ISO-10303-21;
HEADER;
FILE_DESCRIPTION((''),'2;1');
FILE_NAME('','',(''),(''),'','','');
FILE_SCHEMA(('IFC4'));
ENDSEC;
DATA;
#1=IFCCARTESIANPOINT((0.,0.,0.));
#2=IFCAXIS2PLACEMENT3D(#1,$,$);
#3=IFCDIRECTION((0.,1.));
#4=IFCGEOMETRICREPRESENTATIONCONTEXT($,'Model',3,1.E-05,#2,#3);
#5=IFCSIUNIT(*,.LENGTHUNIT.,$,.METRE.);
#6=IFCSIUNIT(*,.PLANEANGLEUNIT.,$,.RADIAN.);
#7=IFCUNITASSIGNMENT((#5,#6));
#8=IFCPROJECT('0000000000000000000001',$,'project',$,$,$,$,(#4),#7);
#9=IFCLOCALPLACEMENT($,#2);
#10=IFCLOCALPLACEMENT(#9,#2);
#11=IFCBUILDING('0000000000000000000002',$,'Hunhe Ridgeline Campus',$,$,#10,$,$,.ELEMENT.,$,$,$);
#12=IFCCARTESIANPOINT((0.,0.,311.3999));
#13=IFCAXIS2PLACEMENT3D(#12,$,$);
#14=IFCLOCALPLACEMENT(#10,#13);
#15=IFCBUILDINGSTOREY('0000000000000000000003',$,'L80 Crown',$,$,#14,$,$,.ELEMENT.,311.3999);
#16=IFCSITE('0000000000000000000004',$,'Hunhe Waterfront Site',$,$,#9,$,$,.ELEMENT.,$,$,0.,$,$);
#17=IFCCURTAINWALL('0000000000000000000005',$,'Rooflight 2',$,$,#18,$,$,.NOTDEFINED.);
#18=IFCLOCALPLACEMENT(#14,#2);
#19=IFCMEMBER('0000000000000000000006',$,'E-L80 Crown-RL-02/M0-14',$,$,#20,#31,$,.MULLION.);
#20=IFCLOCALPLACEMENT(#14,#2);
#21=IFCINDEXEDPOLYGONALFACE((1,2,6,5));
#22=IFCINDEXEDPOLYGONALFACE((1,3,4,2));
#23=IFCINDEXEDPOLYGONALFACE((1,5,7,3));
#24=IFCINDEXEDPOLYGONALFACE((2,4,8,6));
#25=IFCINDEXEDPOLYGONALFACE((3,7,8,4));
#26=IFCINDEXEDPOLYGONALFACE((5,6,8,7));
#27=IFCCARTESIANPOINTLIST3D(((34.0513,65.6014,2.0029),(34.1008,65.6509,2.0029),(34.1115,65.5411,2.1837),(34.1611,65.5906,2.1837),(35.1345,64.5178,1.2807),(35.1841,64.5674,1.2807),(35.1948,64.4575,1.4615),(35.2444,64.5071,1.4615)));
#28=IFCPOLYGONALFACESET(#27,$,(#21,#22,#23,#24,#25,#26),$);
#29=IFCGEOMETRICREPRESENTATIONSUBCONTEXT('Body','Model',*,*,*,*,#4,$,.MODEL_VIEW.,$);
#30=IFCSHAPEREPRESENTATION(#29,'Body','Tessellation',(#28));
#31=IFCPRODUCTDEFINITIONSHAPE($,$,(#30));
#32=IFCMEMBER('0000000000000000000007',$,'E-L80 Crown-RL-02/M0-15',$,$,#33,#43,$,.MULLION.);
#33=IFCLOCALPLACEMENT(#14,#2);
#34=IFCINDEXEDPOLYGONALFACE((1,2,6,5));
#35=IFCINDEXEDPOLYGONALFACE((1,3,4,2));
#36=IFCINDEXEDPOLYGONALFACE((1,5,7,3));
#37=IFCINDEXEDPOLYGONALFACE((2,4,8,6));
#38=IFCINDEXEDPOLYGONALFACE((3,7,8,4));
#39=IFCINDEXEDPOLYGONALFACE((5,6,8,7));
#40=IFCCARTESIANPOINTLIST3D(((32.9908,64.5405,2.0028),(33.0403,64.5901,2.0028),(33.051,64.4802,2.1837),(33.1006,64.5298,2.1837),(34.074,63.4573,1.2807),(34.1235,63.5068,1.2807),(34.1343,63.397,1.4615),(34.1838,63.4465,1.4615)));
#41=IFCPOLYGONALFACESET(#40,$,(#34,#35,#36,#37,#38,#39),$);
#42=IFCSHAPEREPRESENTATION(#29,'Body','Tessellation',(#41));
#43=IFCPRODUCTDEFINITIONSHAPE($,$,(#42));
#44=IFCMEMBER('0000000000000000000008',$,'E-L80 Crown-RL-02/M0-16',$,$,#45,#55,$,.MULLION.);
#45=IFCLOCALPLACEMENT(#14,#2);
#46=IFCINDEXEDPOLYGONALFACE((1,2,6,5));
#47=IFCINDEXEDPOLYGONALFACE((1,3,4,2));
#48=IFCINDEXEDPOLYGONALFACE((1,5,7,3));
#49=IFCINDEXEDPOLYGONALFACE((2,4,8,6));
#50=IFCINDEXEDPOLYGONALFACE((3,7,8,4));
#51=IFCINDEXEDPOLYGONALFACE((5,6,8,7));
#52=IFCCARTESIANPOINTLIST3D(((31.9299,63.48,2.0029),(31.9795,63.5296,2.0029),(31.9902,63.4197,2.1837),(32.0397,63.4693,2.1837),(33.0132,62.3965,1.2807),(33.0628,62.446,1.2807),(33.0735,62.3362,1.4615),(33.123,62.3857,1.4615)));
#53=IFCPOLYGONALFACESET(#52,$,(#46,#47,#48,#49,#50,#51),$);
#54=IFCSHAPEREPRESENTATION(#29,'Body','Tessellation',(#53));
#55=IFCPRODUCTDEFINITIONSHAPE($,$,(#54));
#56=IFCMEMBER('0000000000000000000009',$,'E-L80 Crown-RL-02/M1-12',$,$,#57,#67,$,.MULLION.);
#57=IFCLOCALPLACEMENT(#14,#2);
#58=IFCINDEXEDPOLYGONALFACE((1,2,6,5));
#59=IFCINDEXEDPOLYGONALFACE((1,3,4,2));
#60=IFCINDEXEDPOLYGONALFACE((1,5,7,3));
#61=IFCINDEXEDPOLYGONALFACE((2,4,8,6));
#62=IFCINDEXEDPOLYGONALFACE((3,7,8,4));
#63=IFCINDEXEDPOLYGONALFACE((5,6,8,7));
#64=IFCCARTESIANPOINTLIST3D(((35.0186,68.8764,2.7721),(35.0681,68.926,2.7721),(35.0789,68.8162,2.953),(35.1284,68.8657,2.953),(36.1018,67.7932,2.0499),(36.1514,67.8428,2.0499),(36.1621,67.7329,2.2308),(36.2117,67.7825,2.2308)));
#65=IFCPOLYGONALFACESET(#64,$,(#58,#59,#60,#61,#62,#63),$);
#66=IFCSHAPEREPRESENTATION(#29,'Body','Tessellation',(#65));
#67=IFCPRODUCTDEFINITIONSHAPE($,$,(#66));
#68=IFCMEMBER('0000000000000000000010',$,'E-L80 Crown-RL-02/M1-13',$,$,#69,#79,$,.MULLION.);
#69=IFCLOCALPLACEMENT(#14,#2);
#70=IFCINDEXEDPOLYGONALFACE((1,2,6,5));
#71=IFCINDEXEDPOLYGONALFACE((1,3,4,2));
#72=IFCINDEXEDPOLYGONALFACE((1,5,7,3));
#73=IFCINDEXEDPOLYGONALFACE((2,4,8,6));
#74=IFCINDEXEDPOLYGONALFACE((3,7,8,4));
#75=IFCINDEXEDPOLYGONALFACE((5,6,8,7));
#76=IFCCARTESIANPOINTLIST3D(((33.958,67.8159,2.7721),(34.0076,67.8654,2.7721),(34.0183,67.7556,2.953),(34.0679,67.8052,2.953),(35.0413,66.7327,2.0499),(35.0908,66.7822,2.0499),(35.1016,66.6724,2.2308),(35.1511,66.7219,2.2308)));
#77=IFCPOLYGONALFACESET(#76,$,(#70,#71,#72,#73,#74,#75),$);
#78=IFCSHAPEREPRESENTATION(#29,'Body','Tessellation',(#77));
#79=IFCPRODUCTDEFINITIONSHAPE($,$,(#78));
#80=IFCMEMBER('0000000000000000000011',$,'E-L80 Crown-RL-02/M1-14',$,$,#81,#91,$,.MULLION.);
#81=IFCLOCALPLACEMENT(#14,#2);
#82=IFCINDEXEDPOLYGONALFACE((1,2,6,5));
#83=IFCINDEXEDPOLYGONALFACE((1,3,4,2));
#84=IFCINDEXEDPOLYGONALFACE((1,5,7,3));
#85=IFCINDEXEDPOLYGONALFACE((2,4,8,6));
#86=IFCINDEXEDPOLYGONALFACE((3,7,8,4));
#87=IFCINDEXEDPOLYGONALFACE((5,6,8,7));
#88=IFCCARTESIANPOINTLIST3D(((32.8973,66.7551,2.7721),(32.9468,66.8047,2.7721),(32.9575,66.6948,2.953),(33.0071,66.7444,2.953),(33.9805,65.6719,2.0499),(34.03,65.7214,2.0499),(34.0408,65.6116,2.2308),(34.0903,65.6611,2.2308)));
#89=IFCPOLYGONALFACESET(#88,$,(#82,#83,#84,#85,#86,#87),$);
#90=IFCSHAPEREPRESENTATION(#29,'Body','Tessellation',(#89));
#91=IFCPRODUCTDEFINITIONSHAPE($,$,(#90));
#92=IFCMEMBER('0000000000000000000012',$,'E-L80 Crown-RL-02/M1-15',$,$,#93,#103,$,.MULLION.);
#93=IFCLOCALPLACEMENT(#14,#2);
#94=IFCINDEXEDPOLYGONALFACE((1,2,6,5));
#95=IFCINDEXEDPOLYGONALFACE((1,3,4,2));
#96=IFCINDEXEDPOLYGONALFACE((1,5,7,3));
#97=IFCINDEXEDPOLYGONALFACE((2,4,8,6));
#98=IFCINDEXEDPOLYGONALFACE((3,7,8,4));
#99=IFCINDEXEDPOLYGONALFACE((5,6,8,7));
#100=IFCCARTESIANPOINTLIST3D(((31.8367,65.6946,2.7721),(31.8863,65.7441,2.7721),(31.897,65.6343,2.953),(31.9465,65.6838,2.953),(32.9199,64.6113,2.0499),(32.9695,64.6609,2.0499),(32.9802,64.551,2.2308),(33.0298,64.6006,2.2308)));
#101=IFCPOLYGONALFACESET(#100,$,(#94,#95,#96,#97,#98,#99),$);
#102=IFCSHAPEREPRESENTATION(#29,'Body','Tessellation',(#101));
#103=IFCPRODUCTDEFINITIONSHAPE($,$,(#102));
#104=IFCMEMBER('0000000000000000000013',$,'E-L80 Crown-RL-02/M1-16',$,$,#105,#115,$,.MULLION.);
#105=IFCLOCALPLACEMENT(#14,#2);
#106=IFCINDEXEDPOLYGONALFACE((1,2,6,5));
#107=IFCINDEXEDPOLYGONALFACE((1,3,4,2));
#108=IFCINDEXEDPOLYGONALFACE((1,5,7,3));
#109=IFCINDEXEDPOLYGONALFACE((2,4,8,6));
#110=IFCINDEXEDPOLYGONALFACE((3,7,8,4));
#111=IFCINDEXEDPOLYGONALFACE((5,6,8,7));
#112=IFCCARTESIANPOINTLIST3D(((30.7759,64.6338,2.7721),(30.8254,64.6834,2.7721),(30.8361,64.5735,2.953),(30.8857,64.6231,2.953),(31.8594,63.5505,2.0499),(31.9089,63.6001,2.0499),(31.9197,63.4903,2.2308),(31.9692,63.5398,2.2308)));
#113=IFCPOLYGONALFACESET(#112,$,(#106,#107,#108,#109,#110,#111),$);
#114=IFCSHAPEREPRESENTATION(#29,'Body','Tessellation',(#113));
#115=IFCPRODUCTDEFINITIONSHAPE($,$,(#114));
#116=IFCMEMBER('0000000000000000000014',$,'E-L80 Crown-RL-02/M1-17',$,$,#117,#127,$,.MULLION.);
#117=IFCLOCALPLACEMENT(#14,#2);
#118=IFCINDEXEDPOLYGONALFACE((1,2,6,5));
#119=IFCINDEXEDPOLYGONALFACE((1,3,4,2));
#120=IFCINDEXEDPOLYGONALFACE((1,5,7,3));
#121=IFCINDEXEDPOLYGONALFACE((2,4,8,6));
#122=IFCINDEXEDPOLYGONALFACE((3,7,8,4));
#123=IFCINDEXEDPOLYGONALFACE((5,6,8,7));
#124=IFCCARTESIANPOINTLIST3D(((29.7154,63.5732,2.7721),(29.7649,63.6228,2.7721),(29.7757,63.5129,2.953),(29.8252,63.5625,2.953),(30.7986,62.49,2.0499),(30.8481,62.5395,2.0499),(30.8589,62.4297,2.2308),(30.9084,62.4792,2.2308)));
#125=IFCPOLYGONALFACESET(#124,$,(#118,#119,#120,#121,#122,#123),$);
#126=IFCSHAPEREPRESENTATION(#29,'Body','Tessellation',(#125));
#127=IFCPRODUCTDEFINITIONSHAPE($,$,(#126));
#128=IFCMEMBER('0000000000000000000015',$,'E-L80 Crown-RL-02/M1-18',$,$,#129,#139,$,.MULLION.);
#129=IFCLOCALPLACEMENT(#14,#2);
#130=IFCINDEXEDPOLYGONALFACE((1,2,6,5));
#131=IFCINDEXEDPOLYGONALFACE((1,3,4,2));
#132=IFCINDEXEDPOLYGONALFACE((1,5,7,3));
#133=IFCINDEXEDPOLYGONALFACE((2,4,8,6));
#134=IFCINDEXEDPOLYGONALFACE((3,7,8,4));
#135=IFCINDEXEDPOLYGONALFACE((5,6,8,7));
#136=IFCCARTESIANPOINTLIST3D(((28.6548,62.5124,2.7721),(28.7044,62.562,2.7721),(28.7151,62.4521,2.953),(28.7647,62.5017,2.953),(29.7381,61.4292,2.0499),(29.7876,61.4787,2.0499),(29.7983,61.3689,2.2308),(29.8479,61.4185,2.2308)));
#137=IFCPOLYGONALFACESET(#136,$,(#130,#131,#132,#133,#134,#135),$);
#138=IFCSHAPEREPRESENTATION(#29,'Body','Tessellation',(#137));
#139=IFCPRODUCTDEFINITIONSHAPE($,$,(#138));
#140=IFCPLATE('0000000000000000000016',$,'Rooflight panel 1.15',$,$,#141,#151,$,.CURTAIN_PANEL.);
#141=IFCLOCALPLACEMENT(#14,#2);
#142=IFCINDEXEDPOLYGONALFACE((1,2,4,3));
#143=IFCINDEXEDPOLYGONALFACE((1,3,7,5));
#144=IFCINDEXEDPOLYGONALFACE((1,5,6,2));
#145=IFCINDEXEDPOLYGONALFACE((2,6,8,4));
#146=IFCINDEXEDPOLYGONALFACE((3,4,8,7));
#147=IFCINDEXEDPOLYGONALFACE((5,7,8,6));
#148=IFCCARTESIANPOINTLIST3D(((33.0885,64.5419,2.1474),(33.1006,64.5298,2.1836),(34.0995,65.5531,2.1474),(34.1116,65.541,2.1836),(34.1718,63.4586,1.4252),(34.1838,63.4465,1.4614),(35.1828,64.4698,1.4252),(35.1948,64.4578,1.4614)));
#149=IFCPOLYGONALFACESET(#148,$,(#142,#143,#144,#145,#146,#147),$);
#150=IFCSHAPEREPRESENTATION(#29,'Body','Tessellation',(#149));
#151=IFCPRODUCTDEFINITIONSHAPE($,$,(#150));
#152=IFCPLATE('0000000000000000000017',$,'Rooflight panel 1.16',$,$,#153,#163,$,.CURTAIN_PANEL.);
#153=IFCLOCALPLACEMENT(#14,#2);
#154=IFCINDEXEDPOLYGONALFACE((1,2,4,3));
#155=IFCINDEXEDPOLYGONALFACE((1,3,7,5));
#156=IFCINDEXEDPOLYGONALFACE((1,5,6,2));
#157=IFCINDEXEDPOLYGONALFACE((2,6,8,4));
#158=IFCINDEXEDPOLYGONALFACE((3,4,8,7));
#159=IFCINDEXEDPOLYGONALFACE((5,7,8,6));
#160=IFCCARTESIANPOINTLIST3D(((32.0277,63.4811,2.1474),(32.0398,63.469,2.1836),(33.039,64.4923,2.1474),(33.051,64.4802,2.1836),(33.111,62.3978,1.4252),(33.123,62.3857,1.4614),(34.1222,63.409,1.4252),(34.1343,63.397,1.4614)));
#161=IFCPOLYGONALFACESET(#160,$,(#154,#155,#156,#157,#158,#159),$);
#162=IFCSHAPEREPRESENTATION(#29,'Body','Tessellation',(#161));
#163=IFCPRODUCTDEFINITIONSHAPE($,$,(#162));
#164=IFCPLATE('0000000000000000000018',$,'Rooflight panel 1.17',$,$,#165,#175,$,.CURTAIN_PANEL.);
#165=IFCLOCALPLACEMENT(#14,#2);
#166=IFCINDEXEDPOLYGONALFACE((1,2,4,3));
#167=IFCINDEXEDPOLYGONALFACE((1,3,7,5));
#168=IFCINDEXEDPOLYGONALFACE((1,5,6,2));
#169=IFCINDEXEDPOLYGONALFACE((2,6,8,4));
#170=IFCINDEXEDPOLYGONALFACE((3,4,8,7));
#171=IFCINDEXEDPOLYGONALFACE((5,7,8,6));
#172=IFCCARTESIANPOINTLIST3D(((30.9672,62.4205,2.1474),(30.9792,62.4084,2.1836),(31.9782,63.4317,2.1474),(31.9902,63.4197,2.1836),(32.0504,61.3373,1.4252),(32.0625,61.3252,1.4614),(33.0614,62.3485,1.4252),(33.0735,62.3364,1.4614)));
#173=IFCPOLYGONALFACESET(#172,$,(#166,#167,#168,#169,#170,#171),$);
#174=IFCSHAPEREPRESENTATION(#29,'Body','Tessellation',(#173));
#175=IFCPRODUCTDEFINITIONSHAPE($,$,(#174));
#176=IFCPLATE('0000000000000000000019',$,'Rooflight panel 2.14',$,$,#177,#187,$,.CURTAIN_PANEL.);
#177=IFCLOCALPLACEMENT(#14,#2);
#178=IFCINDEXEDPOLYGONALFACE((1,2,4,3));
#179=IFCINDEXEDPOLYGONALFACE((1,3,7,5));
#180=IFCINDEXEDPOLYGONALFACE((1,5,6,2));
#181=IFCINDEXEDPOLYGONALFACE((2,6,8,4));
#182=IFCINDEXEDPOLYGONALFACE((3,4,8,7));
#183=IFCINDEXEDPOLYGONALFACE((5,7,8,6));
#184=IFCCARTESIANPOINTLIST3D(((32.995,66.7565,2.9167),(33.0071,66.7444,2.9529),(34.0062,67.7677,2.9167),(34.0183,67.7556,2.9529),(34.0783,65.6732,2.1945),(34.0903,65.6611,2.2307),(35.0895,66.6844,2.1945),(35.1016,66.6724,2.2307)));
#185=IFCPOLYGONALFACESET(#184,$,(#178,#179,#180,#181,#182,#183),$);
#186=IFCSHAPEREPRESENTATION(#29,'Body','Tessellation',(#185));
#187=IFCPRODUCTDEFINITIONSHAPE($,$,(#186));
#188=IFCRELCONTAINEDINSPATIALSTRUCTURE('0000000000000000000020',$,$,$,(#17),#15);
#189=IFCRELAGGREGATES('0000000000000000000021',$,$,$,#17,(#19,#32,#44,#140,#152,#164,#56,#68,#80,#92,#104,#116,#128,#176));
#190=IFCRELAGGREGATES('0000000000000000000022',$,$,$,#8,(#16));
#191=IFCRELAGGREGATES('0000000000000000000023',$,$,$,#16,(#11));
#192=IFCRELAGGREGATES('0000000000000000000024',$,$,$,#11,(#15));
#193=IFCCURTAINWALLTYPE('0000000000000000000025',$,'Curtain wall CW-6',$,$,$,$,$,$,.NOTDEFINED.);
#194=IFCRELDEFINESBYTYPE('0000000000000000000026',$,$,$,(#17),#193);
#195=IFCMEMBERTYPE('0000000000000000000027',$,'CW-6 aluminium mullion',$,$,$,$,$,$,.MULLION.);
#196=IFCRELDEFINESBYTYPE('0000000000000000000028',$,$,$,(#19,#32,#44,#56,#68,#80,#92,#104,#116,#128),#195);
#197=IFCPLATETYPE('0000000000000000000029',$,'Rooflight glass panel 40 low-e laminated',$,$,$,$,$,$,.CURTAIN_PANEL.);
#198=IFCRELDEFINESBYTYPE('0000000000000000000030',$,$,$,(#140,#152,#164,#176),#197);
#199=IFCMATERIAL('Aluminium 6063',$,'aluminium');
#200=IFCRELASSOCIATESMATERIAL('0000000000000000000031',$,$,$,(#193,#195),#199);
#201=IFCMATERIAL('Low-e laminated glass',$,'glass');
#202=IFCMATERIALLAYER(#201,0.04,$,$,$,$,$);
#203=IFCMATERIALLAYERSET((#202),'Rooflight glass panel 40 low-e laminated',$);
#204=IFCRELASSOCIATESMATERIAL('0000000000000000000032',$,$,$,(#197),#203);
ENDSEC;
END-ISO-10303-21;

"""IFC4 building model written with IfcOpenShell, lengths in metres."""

from ifc_helpers import new_model, si_unit, direction, frame, origin, origin_2d, place, context, subcontext, project, spatial, polyline, rectangle, outline, extrude, material, layer, layer_set, material_profile, profile_set, type_object, element, aggregate, save


model = new_model("IFC4")

# Units and contexts
model_context = context("Model", 3, precision=1e-05, world=origin(), true_north=direction((0.0, 1.0)))
body_context = subcontext(model_context, "Body", "Model", "MODEL_VIEW")
ifc_project = project(units=[si_unit("LENGTHUNIT", "METRE"), si_unit("PLANEANGLEUNIT", "RADIAN")], contexts=[model_context])

# Site, building, storey
site_placement = place(None, origin())
site = spatial("IfcSite", under=ifc_project, at=site_placement, Name="Hunhe Waterfront Site", CompositionType="ELEMENT", RefElevation=0.0)
building_placement = place(site_placement, origin())
building = spatial("IfcBuilding", under=site, at=building_placement, Name="Hunhe Ridgeline Campus", CompositionType="ELEMENT")
storey_placement = place(building_placement, frame((0.0, 0.0, 311.3999)))
storey = spatial("IfcBuildingStorey", under=building, at=storey_placement, Name="L80 Crown", CompositionType="ELEMENT", Elevation=311.3999)

# Curtain wall, members, plates
ifc_material_1 = material(Name="Aluminium 6063", Category="aluminium")
curtain_wall_type = type_object("IfcCurtainWallType", Name="Curtain wall CW-6", PredefinedType="NOTDEFINED", material=ifc_material_1)
curtain_wall_placement = place(storey_placement, origin())
curtain_wall = element("IfcCurtainWall", 1, at=curtain_wall_placement, inside=storey, type_object=curtain_wall_type, Name="Rooflight 2", PredefinedType="NOTDEFINED")
ifc_material_profile = material_profile(ifc_material_1, rectangle(XDim=0.0701, YDim=0.2, at=origin_2d()))
ifc_profile_set = profile_set([ifc_material_profile], Name="Aluminium 6063")
member_type = type_object("IfcMemberType", Name="CW-6 aluminium mullion", PredefinedType="MULLION", material=ifc_profile_set)
member_1_placement = place(storey_placement, frame((35.1895, 64.5125, 1.3711), z_axis=(-0.639543, 0.639687, 0.426362), x_axis=(-0.707186, -0.707027, 0.0)))
member_1 = element("IfcMember", 2, at=member_1_placement, type_object=member_type, Name="E-L80 Crown-RL-02/M0-14", PredefinedType="MULLION", context=body_context, shape_type="SweptSolid", body=[
    extrude(rectangle(XDim=0.0701, YDim=0.2, at=origin_2d()), origin(), (0.0, 0.0, 1.0), 1.6938),
])
member_2_placement = place(storey_placement, frame((34.1289, 63.4519, 1.3711), z_axis=(-0.639602, 0.639602, 0.426401), x_axis=(-0.707107, -0.707107, 0.0)))
member_2 = element("IfcMember", 3, at=member_2_placement, type_object=member_type, Name="E-L80 Crown-RL-02/M0-15", PredefinedType="MULLION", context=body_context, shape_type="SweptSolid", body=[
    extrude(rectangle(XDim=0.0701, YDim=0.2, at=origin_2d()), origin(), (0.0, 0.0, 1.0), 1.6936),
])
member_3_placement = place(storey_placement, frame((33.0681, 62.3911, 1.3711), z_axis=(-0.639543, 0.639687, 0.426362), x_axis=(-0.707186, -0.707027, 0.0)))
member_3 = element("IfcMember", 4, at=member_3_placement, type_object=member_type, Name="E-L80 Crown-RL-02/M0-16", PredefinedType="MULLION", context=body_context, shape_type="SweptSolid", body=[
    extrude(rectangle(XDim=0.0701, YDim=0.2, at=origin_2d()), origin(), (0.0, 0.0, 1.0), 1.6938),
])
member_4_placement = place(storey_placement, frame((36.1567, 67.7878, 2.1404), z_axis=(-0.639602, 0.639602, 0.426401), x_axis=(-0.707107, -0.707107, 0.0)))
member_4 = element("IfcMember", 5, at=member_4_placement, type_object=member_type, Name="E-L80 Crown-RL-02/M1-12", PredefinedType="MULLION", context=body_context, shape_type="SweptSolid", body=[
    extrude(rectangle(XDim=0.0701, YDim=0.2, at=origin_2d()), origin(), (0.0, 0.0, 1.0), 1.6936),
])
member_5_placement = place(storey_placement, frame((35.0962, 66.7273, 2.1404), z_axis=(-0.639602, 0.639602, 0.426401), x_axis=(-0.707107, -0.707107, 0.0)))
member_5 = element("IfcMember", 6, at=member_5_placement, type_object=member_type, Name="E-L80 Crown-RL-02/M1-13", PredefinedType="MULLION", context=body_context, shape_type="SweptSolid", body=[
    extrude(rectangle(XDim=0.0701, YDim=0.2, at=origin_2d()), origin(), (0.0, 0.0, 1.0), 1.6936),
])
member_6_placement = place(storey_placement, frame((34.0354, 65.6665, 2.1404), z_axis=(-0.639602, 0.639602, 0.426401), x_axis=(-0.707107, -0.707107, 0.0)))
member_6 = element("IfcMember", 7, at=member_6_placement, type_object=member_type, Name="E-L80 Crown-RL-02/M1-14", PredefinedType="MULLION", context=body_context, shape_type="SweptSolid", body=[
    extrude(rectangle(XDim=0.0701, YDim=0.2, at=origin_2d()), origin(), (0.0, 0.0, 1.0), 1.6936),
])
member_7_placement = place(storey_placement, frame((32.9749, 64.606, 2.1404), z_axis=(-0.639602, 0.639602, 0.426401), x_axis=(-0.707107, -0.707107, 0.0)))
member_7 = element("IfcMember", 8, at=member_7_placement, type_object=member_type, Name="E-L80 Crown-RL-02/M1-15", PredefinedType="MULLION", context=body_context, shape_type="SweptSolid", body=[
    extrude(rectangle(XDim=0.0701, YDim=0.2, at=origin_2d()), origin(), (0.0, 0.0, 1.0), 1.6936),
])
member_8_placement = place(storey_placement, frame((31.9143, 63.5452, 2.1404), z_axis=(-0.639687, 0.639543, 0.426362), x_axis=(-0.707027, -0.707186, 0.0)))
member_8 = element("IfcMember", 9, at=member_8_placement, type_object=member_type, Name="E-L80 Crown-RL-02/M1-16", PredefinedType="MULLION", context=body_context, shape_type="SweptSolid", body=[
    extrude(rectangle(XDim=0.0701, YDim=0.2, at=origin_2d()), origin(), (0.0, 0.0, 1.0), 1.6938),
])
member_9_placement = place(storey_placement, frame((30.8535, 62.4846, 2.1404), z_axis=(-0.639602, 0.639602, 0.426401), x_axis=(-0.707107, -0.707107, 0.0)))
member_9 = element("IfcMember", 10, at=member_9_placement, type_object=member_type, Name="E-L80 Crown-RL-02/M1-17", PredefinedType="MULLION", context=body_context, shape_type="SweptSolid", body=[
    extrude(rectangle(XDim=0.0701, YDim=0.2, at=origin_2d()), origin(), (0.0, 0.0, 1.0), 1.6936),
])
member_10_placement = place(storey_placement, frame((29.793, 61.4238, 2.1404), z_axis=(-0.639602, 0.639602, 0.426401), x_axis=(-0.707107, -0.707107, 0.0)))
member_10 = element("IfcMember", 11, at=member_10_placement, type_object=member_type, Name="E-L80 Crown-RL-02/M1-18", PredefinedType="MULLION", context=body_context, shape_type="SweptSolid", body=[
    extrude(rectangle(XDim=0.0701, YDim=0.2, at=origin_2d()), origin(), (0.0, 0.0, 1.0), 1.6936),
])
ifc_material_2 = material(Name="Low-e laminated glass", Category="glass")
ifc_layer_1 = layer(ifc_material_2, 0.04)
ifc_layer_set_1 = layer_set([ifc_layer_1], Name="Rooflight glass panel 40 low-e laminated")
plate_type = type_object("IfcPlateType", Name="Rooflight glass panel 40 low-e laminated", PredefinedType="CURTAIN_PANEL", material=ifc_layer_set_1)
plate_1_placement = place(storey_placement, frame((35.1948, 64.4578, 1.4614), z_axis=(0.301548, -0.301475, 0.904534), x_axis=(-0.639602, 0.639602, 0.426401)))
plate_1 = element("IfcPlate", 12, at=plate_1_placement, type_object=plate_type, Name="Rooflight panel 1.15", PredefinedType="CURTAIN_PANEL", context=body_context, shape_type="SweptSolid", body=[
    extrude(outline(polyline([(0.0, 0.0), (1.6936, 0.0), (1.6935, 1.4299), (-0.0002, 1.4299), (0.0, 0.0)])), origin(), (0.0, 0.0, -1.0), 0.04),
])
plate_2_placement = place(storey_placement, frame((34.1343, 63.397, 1.4614), z_axis=(0.301511, -0.301511, 0.904534), x_axis=(-0.639602, 0.639602, 0.426401)))
plate_2 = element("IfcPlate", 13, at=plate_2_placement, type_object=plate_type, Name="Rooflight panel 1.16", PredefinedType="CURTAIN_PANEL", context=body_context, shape_type="SweptSolid", body=[
    extrude(outline(polyline([(0.0, 0.0), (1.6936, 0.0), (1.6936, 1.4301), (0.0, 1.4301), (0.0, 0.0)])), origin(), (0.0, 0.0, -1.0), 0.04),
])
plate_3_placement = place(storey_placement, frame((33.0735, 62.3364, 1.4614), z_axis=(0.301548, -0.301475, 0.904534), x_axis=(-0.639602, 0.639602, 0.426401)))
plate_3 = element("IfcPlate", 14, at=plate_3_placement, type_object=plate_type, Name="Rooflight panel 1.17", PredefinedType="CURTAIN_PANEL", context=body_context, shape_type="SweptSolid", body=[
    extrude(outline(polyline([(0.0, 0.0), (1.6936, 0.0), (1.6935, 1.4299), (-0.0002, 1.4299), (0.0, 0.0)])), origin(), (0.0, 0.0, -1.0), 0.04),
])
plate_4_placement = place(storey_placement, frame((35.1016, 66.6724, 2.2307), z_axis=(0.301511, -0.301511, 0.904534), x_axis=(-0.639602, 0.639602, 0.426401)))
plate_4 = element("IfcPlate", 15, at=plate_4_placement, type_object=plate_type, Name="Rooflight panel 2.14", PredefinedType="CURTAIN_PANEL", context=body_context, shape_type="SweptSolid", body=[
    extrude(outline(polyline([(0.0, 0.0), (1.6936, 0.0), (1.6936, 1.4301), (0.0, 1.4301), (0.0, 0.0)])), origin(), (0.0, 0.0, -1.0), 0.04),
])
aggregate(curtain_wall, [member_1, member_2, member_3, plate_1, plate_2, plate_3, member_4, member_5, member_6, member_7, member_8, member_9, member_10, plate_4])

save(model, "model.ifc")
